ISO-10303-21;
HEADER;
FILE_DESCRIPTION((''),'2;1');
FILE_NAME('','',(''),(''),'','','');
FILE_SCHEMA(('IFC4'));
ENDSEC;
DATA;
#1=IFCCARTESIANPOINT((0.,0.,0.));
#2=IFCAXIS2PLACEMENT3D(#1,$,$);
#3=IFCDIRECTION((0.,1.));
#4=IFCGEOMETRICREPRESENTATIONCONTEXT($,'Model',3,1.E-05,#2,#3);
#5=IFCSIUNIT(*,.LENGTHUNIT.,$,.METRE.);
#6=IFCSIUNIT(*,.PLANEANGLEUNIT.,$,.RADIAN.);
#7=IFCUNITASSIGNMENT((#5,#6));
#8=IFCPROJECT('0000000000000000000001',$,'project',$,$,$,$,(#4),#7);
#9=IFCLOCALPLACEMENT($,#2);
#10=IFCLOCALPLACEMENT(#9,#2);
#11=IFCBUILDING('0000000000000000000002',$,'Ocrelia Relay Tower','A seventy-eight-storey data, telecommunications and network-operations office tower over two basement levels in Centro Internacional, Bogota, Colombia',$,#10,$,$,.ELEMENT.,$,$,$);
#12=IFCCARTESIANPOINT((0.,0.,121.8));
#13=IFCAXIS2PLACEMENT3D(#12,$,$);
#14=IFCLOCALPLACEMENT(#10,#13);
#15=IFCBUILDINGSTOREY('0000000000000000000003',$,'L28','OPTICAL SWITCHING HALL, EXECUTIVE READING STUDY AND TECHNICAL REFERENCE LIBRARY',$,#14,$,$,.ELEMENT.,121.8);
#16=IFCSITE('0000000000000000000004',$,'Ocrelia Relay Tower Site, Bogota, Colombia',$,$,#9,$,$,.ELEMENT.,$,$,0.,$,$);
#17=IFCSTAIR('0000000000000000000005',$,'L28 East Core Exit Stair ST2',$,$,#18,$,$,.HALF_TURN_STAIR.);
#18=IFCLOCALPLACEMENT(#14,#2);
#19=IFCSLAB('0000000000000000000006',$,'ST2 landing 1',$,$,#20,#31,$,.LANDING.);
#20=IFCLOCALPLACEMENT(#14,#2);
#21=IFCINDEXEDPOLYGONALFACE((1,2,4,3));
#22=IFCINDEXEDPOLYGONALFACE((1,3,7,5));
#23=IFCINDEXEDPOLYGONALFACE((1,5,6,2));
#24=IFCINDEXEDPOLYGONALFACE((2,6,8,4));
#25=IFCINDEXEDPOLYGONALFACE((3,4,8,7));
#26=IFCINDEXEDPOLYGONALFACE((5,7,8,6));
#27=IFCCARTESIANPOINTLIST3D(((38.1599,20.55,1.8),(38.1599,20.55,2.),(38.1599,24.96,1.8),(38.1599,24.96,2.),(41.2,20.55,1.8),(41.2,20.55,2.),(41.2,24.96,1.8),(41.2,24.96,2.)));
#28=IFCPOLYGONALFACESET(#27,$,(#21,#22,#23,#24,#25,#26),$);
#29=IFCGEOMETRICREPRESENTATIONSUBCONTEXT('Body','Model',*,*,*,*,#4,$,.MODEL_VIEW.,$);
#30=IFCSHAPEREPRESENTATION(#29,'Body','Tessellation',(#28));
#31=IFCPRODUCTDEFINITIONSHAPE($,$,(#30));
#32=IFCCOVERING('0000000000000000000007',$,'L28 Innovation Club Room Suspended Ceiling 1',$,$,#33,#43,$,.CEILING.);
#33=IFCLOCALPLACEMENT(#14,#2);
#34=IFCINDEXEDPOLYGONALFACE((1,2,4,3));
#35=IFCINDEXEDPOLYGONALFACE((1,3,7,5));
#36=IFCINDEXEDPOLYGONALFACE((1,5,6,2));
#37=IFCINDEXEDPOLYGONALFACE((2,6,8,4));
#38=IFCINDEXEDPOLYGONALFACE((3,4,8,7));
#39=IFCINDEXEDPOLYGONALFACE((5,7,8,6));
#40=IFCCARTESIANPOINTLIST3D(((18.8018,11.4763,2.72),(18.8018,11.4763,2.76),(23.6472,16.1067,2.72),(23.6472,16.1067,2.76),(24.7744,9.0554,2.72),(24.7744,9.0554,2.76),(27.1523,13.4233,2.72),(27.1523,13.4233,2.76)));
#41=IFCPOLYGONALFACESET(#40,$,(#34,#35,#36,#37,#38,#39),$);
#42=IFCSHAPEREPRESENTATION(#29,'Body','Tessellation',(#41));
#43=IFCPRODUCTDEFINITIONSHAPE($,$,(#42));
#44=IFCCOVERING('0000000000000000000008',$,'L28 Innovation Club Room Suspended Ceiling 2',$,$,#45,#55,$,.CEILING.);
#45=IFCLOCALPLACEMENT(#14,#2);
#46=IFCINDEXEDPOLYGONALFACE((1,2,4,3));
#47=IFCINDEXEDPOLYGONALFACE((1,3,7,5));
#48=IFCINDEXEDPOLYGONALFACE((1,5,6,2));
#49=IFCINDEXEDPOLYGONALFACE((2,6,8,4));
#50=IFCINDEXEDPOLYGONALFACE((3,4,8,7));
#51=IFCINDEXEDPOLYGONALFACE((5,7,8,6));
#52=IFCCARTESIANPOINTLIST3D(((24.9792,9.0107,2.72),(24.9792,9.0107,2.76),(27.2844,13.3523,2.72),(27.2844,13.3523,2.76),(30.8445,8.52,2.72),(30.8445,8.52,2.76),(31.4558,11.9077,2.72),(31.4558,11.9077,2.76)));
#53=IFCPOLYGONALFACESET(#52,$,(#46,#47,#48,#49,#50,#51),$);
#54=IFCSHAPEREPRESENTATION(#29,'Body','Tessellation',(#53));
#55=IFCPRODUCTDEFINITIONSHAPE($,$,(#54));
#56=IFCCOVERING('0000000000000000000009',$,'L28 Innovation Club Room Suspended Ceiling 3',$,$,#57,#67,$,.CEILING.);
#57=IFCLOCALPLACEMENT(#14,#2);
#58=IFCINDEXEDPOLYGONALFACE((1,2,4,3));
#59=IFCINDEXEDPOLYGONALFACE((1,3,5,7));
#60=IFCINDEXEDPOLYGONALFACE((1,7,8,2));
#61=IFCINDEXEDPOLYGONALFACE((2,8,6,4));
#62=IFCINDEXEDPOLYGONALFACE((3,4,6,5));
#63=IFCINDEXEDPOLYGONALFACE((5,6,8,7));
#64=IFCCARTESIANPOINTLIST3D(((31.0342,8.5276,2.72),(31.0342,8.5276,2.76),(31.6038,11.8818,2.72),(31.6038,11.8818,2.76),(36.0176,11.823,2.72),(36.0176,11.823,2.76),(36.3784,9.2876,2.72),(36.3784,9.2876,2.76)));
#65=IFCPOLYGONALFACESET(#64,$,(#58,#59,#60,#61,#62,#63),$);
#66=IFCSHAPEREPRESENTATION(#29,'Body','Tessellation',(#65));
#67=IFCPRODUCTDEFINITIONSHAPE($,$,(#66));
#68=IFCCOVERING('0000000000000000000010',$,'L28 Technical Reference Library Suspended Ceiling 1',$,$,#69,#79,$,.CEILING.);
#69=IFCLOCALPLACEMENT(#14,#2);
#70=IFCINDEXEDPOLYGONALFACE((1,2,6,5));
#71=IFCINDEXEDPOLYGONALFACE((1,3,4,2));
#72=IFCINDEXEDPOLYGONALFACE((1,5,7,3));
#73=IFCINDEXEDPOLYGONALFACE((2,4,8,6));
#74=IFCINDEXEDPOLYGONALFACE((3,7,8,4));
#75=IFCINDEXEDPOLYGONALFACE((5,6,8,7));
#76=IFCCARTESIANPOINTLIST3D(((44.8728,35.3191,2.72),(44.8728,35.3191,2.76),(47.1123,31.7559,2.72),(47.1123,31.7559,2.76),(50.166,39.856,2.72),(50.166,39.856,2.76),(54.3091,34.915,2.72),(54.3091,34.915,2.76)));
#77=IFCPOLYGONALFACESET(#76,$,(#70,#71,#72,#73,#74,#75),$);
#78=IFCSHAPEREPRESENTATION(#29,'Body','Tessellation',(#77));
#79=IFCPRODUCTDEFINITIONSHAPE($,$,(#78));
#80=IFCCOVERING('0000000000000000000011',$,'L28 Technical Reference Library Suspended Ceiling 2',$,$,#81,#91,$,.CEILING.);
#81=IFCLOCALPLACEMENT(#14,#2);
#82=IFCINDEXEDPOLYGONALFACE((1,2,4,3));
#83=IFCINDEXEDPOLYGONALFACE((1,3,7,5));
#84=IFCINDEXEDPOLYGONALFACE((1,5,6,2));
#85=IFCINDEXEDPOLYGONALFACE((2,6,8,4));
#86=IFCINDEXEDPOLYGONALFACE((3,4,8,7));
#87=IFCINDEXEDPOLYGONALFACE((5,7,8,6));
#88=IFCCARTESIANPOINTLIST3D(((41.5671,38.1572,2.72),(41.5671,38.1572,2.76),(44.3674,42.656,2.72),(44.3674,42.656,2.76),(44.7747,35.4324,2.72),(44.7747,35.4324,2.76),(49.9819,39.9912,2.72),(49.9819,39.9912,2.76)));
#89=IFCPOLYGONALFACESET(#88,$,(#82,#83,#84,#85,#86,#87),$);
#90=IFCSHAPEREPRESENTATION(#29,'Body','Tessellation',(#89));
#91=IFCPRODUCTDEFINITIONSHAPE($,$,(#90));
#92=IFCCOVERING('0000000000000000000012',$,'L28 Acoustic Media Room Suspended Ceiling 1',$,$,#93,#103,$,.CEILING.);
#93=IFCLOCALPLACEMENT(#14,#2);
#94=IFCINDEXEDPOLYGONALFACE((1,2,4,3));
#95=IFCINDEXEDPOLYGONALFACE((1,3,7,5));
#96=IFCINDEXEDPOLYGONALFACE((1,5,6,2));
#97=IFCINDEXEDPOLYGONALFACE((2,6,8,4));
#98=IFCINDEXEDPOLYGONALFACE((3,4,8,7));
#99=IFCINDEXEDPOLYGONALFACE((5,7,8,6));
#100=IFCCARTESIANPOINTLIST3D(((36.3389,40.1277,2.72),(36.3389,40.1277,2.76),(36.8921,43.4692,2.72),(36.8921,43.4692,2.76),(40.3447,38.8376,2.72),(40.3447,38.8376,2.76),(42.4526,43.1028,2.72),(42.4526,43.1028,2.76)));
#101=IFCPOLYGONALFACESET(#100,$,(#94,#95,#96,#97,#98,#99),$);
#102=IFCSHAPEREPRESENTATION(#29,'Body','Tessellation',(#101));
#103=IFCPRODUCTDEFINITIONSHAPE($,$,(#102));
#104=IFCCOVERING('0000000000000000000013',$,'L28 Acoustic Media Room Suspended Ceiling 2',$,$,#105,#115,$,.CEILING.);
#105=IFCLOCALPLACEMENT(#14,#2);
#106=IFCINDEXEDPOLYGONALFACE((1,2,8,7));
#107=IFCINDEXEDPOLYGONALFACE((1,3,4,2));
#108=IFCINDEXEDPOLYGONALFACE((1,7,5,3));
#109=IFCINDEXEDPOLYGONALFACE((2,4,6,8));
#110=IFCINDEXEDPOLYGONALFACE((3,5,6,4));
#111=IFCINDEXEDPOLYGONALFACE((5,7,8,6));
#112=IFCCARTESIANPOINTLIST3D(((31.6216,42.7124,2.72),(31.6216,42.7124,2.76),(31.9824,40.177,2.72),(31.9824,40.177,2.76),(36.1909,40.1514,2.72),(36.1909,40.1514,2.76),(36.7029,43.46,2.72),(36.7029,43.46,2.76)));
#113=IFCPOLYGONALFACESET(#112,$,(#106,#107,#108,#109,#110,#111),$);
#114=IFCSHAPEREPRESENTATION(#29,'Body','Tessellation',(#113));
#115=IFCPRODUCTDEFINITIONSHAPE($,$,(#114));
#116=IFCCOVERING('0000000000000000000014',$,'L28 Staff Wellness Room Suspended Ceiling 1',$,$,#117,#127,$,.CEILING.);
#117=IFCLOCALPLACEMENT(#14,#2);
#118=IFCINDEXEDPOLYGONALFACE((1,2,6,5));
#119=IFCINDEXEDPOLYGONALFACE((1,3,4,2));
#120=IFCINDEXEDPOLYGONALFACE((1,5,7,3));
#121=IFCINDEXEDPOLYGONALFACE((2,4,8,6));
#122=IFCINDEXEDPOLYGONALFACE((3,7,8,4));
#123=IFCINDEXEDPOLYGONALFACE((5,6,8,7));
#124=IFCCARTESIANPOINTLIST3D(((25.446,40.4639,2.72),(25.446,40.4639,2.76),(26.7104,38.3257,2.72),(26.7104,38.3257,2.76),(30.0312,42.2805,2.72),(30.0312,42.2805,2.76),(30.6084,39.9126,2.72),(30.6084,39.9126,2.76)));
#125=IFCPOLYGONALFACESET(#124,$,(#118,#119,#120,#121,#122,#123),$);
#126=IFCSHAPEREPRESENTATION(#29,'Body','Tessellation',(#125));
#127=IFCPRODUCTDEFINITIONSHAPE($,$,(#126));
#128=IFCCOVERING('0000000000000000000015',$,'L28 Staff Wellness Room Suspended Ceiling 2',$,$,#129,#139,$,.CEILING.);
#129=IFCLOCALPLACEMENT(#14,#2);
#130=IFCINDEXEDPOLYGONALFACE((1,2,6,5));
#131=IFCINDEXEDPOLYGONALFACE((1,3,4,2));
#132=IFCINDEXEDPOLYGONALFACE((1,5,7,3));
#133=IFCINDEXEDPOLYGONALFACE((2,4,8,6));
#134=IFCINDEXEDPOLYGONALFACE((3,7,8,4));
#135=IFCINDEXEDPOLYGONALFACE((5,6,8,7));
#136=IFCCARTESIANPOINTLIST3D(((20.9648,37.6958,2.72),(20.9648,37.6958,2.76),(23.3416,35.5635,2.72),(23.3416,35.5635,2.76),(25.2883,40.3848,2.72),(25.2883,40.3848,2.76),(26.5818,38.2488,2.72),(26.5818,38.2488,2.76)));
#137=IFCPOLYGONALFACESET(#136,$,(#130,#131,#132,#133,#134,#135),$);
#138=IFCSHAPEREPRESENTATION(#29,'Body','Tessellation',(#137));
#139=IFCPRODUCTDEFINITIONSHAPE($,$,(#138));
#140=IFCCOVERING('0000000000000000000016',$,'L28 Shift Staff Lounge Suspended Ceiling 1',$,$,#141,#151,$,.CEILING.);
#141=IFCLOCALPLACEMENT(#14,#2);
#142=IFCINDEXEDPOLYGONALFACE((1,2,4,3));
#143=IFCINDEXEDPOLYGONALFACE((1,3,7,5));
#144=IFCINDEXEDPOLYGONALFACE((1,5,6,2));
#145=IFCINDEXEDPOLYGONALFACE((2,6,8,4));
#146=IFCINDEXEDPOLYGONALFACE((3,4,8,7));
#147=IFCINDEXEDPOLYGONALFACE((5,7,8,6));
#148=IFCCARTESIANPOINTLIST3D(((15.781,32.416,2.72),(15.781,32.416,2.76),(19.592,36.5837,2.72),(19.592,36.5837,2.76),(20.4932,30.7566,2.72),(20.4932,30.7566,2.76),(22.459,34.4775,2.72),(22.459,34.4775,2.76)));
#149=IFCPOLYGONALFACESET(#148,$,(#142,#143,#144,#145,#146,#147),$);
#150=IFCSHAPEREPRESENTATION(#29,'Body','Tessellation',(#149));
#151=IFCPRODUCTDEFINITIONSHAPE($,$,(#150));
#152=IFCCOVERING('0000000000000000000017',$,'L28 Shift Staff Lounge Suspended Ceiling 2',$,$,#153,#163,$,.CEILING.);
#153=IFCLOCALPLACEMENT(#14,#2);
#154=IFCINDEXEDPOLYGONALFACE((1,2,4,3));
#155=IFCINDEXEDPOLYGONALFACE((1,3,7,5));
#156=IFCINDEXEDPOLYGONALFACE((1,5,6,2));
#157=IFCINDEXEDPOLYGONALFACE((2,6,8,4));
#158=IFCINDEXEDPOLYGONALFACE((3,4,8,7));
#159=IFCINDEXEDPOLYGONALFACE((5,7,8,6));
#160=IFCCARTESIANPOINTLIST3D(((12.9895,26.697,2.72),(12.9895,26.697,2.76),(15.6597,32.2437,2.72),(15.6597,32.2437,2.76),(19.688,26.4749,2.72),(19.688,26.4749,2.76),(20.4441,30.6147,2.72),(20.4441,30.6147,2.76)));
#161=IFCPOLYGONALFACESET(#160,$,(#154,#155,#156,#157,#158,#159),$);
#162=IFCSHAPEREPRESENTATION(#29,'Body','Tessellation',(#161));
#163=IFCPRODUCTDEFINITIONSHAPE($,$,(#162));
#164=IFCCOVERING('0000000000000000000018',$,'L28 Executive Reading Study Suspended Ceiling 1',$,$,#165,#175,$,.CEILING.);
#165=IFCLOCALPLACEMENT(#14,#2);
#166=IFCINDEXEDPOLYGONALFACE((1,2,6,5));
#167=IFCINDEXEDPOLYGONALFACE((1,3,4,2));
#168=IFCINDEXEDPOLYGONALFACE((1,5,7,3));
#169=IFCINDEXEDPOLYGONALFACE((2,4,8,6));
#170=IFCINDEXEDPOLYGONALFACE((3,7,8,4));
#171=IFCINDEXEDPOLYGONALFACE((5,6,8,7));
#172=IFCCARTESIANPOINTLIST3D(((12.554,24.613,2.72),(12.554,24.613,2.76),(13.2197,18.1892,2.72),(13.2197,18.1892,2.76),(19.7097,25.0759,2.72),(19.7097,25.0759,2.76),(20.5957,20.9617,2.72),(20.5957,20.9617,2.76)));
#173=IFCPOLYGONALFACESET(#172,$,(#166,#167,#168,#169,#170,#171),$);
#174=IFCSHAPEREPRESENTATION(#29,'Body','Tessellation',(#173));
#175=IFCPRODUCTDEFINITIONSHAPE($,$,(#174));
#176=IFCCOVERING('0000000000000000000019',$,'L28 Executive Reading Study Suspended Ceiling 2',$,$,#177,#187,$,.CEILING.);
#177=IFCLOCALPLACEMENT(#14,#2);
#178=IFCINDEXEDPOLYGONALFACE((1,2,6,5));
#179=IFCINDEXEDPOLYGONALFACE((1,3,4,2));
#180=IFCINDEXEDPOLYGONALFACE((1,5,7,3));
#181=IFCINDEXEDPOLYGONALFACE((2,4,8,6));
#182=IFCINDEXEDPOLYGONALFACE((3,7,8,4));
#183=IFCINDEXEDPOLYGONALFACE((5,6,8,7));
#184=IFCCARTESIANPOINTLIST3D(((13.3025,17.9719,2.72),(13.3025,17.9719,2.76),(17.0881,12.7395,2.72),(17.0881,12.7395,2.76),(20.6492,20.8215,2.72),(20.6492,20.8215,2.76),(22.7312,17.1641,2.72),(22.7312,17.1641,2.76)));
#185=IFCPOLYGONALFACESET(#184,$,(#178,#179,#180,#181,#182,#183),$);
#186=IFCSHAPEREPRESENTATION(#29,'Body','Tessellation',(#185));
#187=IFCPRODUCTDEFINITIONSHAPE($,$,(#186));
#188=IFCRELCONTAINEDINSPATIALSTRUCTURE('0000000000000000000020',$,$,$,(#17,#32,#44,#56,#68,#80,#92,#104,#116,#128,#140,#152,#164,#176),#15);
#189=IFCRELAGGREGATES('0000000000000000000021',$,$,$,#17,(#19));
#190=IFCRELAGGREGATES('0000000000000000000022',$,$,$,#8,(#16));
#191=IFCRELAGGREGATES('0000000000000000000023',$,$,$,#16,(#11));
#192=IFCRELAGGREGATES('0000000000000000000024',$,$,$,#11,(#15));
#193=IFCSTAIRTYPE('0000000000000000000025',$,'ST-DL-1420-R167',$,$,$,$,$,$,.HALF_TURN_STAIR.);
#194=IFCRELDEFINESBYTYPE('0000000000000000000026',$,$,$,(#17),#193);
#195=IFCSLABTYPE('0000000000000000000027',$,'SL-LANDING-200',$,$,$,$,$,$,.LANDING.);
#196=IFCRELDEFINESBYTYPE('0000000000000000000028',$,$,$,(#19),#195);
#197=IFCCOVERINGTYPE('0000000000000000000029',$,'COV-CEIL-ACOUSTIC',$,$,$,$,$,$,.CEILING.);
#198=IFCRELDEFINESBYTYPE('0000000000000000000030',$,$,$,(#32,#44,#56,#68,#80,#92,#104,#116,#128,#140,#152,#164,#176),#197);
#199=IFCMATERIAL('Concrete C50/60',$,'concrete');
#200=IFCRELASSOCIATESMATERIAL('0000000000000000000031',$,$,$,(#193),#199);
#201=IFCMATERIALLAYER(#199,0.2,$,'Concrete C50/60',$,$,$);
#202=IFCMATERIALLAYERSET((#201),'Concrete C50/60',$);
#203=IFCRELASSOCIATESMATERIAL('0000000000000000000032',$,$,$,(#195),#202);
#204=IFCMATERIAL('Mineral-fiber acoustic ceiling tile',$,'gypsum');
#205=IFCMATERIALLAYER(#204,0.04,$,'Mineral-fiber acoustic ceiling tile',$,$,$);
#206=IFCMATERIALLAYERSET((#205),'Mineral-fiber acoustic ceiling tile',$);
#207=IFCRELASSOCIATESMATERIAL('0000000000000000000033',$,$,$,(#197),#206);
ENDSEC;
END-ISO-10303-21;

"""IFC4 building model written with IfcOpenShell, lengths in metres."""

from ifc_helpers import new_model, si_unit, direction, frame, origin, place, context, subcontext, project, spatial, polyline, outline, extrude, material, layer, layer_set, type_object, element, aggregate, save


model = new_model("IFC4")

# Units and contexts
model_context = context("Model", 3, precision=1e-05, world=origin(), true_north=direction((0.0, 1.0)))
body_context = subcontext(model_context, "Body", "Model", "MODEL_VIEW")
ifc_project = project(units=[si_unit("LENGTHUNIT", "METRE"), si_unit("PLANEANGLEUNIT", "RADIAN")], contexts=[model_context])

# Site, building, storey
site_placement = place(None, origin())
site = spatial("IfcSite", under=ifc_project, at=site_placement, Name="Ocrelia Relay Tower Site, Bogota, Colombia", CompositionType="ELEMENT", RefElevation=0.0)
building_placement = place(site_placement, origin())
building = spatial("IfcBuilding", under=site, at=building_placement, Name="Ocrelia Relay Tower", Description="A seventy-eight-storey data, telecommunications and network-operations office tower over two basement levels in Centro Internacional, Bogota, Colombia", CompositionType="ELEMENT")
storey_placement = place(building_placement, frame((0.0, 0.0, 121.8)))
storey = spatial("IfcBuildingStorey", under=building, at=storey_placement, Name="L28", Description="OPTICAL SWITCHING HALL, EXECUTIVE READING STUDY AND TECHNICAL REFERENCE LIBRARY", CompositionType="ELEMENT", Elevation=121.8)

# Shared definitions
ifc_material_1 = material(Name="Concrete C50/60", Category="concrete")

# Stair, slab
stair_type = type_object("IfcStairType", Name="ST-DL-1420-R167", PredefinedType="HALF_TURN_STAIR", material=ifc_material_1)
ifc_layer_1 = layer(ifc_material_1, 0.2, Name="Concrete C50/60")
ifc_layer_set_1 = layer_set([ifc_layer_1], Name="Concrete C50/60")
slab_type_1 = type_object("IfcSlabType", Name="SL-LANDING-200", PredefinedType="LANDING", material=ifc_layer_set_1)
stair_1_placement = place(storey_placement, origin())
stair_1 = element("IfcStair", 1, at=stair_1_placement, inside=storey, type_object=stair_type, Name="L28 East Core Exit Stair ST2", PredefinedType="HALF_TURN_STAIR")
slab_1_placement = place(storey_placement, frame((0.0, 0.0, 1.8)))
slab_1 = element("IfcSlab", 2, at=slab_1_placement, type_object=slab_type_1, Name="ST2 landing 1", PredefinedType="LANDING", context=body_context, shape_type="SweptSolid", body=[
    extrude(outline(polyline([(38.1599, 24.96), (38.1599, 20.55), (41.2, 20.55), (41.2, 24.96), (38.1599, 24.96)])), origin(), (0.0, 0.0, 1.0), 0.2),
])
aggregate(stair_1, [slab_1])

# Coverings
ifc_material_2 = material(Name="Mineral-fiber acoustic ceiling tile", Category="gypsum")
ifc_layer_2 = layer(ifc_material_2, 0.04, Name="Mineral-fiber acoustic ceiling tile")
ifc_layer_set_2 = layer_set([ifc_layer_2], Name="Mineral-fiber acoustic ceiling tile")
covering_type_1 = type_object("IfcCoveringType", Name="COV-CEIL-ACOUSTIC", PredefinedType="CEILING", material=ifc_layer_set_2)
covering_1_placement = place(storey_placement, frame((0.0, 0.0, 2.72)))
element("IfcCovering", 3, at=covering_1_placement, inside=storey, type_object=covering_type_1, Name="L28 Innovation Club Room Suspended Ceiling 1", PredefinedType="CEILING", context=body_context, shape_type="SweptSolid", body=[
    extrude(outline(polyline([(23.6472, 16.1067), (18.8018, 11.4763), (24.7744, 9.0554), (27.1523, 13.4233), (23.6472, 16.1067)])), origin(), (0.0, 0.0, 1.0), 0.04),
])
covering_2_placement = place(storey_placement, frame((0.0, 0.0, 2.72)))
element("IfcCovering", 4, at=covering_2_placement, inside=storey, type_object=covering_type_1, Name="L28 Innovation Club Room Suspended Ceiling 2", PredefinedType="CEILING", context=body_context, shape_type="SweptSolid", body=[
    extrude(outline(polyline([(27.2844, 13.3523), (24.9792, 9.0107), (30.8445, 8.52), (31.4558, 11.9077), (27.2844, 13.3523)])), origin(), (0.0, 0.0, 1.0), 0.04),
])
covering_3_placement = place(storey_placement, frame((0.0, 0.0, 2.72)))
element("IfcCovering", 5, at=covering_3_placement, inside=storey, type_object=covering_type_1, Name="L28 Innovation Club Room Suspended Ceiling 3", PredefinedType="CEILING", context=body_context, shape_type="SweptSolid", body=[
    extrude(outline(polyline([(31.6038, 11.8818), (31.0342, 8.5276), (36.3784, 9.2876), (36.0176, 11.823), (31.6038, 11.8818)])), origin(), (0.0, 0.0, 1.0), 0.04),
])
covering_4_placement = place(storey_placement, frame((0.0, 0.0, 2.72)))
element("IfcCovering", 6, at=covering_4_placement, inside=storey, type_object=covering_type_1, Name="L28 Technical Reference Library Suspended Ceiling 1", PredefinedType="CEILING", context=body_context, shape_type="SweptSolid", body=[
    extrude(outline(polyline([(47.1123, 31.7559), (54.3091, 34.915), (50.166, 39.856), (44.8728, 35.3191), (47.1123, 31.7559)])), origin(), (0.0, 0.0, 1.0), 0.04),
])
covering_5_placement = place(storey_placement, frame((0.0, 0.0, 2.72)))
element("IfcCovering", 7, at=covering_5_placement, inside=storey, type_object=covering_type_1, Name="L28 Technical Reference Library Suspended Ceiling 2", PredefinedType="CEILING", context=body_context, shape_type="SweptSolid", body=[
    extrude(outline(polyline([(44.7747, 35.4324), (49.9819, 39.9912), (44.3674, 42.656), (41.5671, 38.1572), (44.7747, 35.4324)])), origin(), (0.0, 0.0, 1.0), 0.04),
])
covering_6_placement = place(storey_placement, frame((0.0, 0.0, 2.72)))
element("IfcCovering", 8, at=covering_6_placement, inside=storey, type_object=covering_type_1, Name="L28 Acoustic Media Room Suspended Ceiling 1", PredefinedType="CEILING", context=body_context, shape_type="SweptSolid", body=[
    extrude(outline(polyline([(40.3447, 38.8376), (42.4526, 43.1028), (36.8921, 43.4692), (36.3389, 40.1277), (40.3447, 38.8376)])), origin(), (0.0, 0.0, 1.0), 0.04),
])
covering_7_placement = place(storey_placement, frame((0.0, 0.0, 2.72)))
element("IfcCovering", 9, at=covering_7_placement, inside=storey, type_object=covering_type_1, Name="L28 Acoustic Media Room Suspended Ceiling 2", PredefinedType="CEILING", context=body_context, shape_type="SweptSolid", body=[
    extrude(outline(polyline([(36.1909, 40.1514), (36.7029, 43.46), (31.6216, 42.7124), (31.9824, 40.177), (36.1909, 40.1514)])), origin(), (0.0, 0.0, 1.0), 0.04),
])
covering_8_placement = place(storey_placement, frame((0.0, 0.0, 2.72)))
element("IfcCovering", 10, at=covering_8_placement, inside=storey, type_object=covering_type_1, Name="L28 Staff Wellness Room Suspended Ceiling 1", PredefinedType="CEILING", context=body_context, shape_type="SweptSolid", body=[
    extrude(outline(polyline([(30.6084, 39.9126), (30.0312, 42.2805), (25.446, 40.4639), (26.7104, 38.3257), (30.6084, 39.9126)])), origin(), (0.0, 0.0, 1.0), 0.04),
])
covering_9_placement = place(storey_placement, frame((0.0, 0.0, 2.72)))
element("IfcCovering", 11, at=covering_9_placement, inside=storey, type_object=covering_type_1, Name="L28 Staff Wellness Room Suspended Ceiling 2", PredefinedType="CEILING", context=body_context, shape_type="SweptSolid", body=[
    extrude(outline(polyline([(26.5818, 38.2488), (25.2883, 40.3848), (20.9648, 37.6958), (23.3416, 35.5635), (26.5818, 38.2488)])), origin(), (0.0, 0.0, 1.0), 0.04),
])
covering_10_placement = place(storey_placement, frame((0.0, 0.0, 2.72)))
element("IfcCovering", 12, at=covering_10_placement, inside=storey, type_object=covering_type_1, Name="L28 Shift Staff Lounge Suspended Ceiling 1", PredefinedType="CEILING", context=body_context, shape_type="SweptSolid", body=[
    extrude(outline(polyline([(22.459, 34.4775), (19.592, 36.5837), (15.781, 32.416), (20.4932, 30.7566), (22.459, 34.4775)])), origin(), (0.0, 0.0, 1.0), 0.04),
])
covering_11_placement = place(storey_placement, frame((0.0, 0.0, 2.72)))
element("IfcCovering", 13, at=covering_11_placement, inside=storey, type_object=covering_type_1, Name="L28 Shift Staff Lounge Suspended Ceiling 2", PredefinedType="CEILING", context=body_context, shape_type="SweptSolid", body=[
    extrude(outline(polyline([(20.4441, 30.6147), (15.6597, 32.2437), (12.9895, 26.697), (19.688, 26.4749), (20.4441, 30.6147)])), origin(), (0.0, 0.0, 1.0), 0.04),
])
covering_12_placement = place(storey_placement, frame((0.0, 0.0, 2.72)))
element("IfcCovering", 14, at=covering_12_placement, inside=storey, type_object=covering_type_1, Name="L28 Executive Reading Study Suspended Ceiling 1", PredefinedType="CEILING", context=body_context, shape_type="SweptSolid", body=[
    extrude(outline(polyline([(19.7097, 25.0759), (12.554, 24.613), (13.2197, 18.1892), (20.5957, 20.9617), (19.7097, 25.0759)])), origin(), (0.0, 0.0, 1.0), 0.04),
])
covering_13_placement = place(storey_placement, frame((0.0, 0.0, 2.72)))
element("IfcCovering", 15, at=covering_13_placement, inside=storey, type_object=covering_type_1, Name="L28 Executive Reading Study Suspended Ceiling 2", PredefinedType="CEILING", context=body_context, shape_type="SweptSolid", body=[
    extrude(outline(polyline([(20.6492, 20.8215), (13.3025, 17.9719), (17.0881, 12.7395), (22.7312, 17.1641), (20.6492, 20.8215)])), origin(), (0.0, 0.0, 1.0), 0.04),
])

save(model, "model.ifc")
